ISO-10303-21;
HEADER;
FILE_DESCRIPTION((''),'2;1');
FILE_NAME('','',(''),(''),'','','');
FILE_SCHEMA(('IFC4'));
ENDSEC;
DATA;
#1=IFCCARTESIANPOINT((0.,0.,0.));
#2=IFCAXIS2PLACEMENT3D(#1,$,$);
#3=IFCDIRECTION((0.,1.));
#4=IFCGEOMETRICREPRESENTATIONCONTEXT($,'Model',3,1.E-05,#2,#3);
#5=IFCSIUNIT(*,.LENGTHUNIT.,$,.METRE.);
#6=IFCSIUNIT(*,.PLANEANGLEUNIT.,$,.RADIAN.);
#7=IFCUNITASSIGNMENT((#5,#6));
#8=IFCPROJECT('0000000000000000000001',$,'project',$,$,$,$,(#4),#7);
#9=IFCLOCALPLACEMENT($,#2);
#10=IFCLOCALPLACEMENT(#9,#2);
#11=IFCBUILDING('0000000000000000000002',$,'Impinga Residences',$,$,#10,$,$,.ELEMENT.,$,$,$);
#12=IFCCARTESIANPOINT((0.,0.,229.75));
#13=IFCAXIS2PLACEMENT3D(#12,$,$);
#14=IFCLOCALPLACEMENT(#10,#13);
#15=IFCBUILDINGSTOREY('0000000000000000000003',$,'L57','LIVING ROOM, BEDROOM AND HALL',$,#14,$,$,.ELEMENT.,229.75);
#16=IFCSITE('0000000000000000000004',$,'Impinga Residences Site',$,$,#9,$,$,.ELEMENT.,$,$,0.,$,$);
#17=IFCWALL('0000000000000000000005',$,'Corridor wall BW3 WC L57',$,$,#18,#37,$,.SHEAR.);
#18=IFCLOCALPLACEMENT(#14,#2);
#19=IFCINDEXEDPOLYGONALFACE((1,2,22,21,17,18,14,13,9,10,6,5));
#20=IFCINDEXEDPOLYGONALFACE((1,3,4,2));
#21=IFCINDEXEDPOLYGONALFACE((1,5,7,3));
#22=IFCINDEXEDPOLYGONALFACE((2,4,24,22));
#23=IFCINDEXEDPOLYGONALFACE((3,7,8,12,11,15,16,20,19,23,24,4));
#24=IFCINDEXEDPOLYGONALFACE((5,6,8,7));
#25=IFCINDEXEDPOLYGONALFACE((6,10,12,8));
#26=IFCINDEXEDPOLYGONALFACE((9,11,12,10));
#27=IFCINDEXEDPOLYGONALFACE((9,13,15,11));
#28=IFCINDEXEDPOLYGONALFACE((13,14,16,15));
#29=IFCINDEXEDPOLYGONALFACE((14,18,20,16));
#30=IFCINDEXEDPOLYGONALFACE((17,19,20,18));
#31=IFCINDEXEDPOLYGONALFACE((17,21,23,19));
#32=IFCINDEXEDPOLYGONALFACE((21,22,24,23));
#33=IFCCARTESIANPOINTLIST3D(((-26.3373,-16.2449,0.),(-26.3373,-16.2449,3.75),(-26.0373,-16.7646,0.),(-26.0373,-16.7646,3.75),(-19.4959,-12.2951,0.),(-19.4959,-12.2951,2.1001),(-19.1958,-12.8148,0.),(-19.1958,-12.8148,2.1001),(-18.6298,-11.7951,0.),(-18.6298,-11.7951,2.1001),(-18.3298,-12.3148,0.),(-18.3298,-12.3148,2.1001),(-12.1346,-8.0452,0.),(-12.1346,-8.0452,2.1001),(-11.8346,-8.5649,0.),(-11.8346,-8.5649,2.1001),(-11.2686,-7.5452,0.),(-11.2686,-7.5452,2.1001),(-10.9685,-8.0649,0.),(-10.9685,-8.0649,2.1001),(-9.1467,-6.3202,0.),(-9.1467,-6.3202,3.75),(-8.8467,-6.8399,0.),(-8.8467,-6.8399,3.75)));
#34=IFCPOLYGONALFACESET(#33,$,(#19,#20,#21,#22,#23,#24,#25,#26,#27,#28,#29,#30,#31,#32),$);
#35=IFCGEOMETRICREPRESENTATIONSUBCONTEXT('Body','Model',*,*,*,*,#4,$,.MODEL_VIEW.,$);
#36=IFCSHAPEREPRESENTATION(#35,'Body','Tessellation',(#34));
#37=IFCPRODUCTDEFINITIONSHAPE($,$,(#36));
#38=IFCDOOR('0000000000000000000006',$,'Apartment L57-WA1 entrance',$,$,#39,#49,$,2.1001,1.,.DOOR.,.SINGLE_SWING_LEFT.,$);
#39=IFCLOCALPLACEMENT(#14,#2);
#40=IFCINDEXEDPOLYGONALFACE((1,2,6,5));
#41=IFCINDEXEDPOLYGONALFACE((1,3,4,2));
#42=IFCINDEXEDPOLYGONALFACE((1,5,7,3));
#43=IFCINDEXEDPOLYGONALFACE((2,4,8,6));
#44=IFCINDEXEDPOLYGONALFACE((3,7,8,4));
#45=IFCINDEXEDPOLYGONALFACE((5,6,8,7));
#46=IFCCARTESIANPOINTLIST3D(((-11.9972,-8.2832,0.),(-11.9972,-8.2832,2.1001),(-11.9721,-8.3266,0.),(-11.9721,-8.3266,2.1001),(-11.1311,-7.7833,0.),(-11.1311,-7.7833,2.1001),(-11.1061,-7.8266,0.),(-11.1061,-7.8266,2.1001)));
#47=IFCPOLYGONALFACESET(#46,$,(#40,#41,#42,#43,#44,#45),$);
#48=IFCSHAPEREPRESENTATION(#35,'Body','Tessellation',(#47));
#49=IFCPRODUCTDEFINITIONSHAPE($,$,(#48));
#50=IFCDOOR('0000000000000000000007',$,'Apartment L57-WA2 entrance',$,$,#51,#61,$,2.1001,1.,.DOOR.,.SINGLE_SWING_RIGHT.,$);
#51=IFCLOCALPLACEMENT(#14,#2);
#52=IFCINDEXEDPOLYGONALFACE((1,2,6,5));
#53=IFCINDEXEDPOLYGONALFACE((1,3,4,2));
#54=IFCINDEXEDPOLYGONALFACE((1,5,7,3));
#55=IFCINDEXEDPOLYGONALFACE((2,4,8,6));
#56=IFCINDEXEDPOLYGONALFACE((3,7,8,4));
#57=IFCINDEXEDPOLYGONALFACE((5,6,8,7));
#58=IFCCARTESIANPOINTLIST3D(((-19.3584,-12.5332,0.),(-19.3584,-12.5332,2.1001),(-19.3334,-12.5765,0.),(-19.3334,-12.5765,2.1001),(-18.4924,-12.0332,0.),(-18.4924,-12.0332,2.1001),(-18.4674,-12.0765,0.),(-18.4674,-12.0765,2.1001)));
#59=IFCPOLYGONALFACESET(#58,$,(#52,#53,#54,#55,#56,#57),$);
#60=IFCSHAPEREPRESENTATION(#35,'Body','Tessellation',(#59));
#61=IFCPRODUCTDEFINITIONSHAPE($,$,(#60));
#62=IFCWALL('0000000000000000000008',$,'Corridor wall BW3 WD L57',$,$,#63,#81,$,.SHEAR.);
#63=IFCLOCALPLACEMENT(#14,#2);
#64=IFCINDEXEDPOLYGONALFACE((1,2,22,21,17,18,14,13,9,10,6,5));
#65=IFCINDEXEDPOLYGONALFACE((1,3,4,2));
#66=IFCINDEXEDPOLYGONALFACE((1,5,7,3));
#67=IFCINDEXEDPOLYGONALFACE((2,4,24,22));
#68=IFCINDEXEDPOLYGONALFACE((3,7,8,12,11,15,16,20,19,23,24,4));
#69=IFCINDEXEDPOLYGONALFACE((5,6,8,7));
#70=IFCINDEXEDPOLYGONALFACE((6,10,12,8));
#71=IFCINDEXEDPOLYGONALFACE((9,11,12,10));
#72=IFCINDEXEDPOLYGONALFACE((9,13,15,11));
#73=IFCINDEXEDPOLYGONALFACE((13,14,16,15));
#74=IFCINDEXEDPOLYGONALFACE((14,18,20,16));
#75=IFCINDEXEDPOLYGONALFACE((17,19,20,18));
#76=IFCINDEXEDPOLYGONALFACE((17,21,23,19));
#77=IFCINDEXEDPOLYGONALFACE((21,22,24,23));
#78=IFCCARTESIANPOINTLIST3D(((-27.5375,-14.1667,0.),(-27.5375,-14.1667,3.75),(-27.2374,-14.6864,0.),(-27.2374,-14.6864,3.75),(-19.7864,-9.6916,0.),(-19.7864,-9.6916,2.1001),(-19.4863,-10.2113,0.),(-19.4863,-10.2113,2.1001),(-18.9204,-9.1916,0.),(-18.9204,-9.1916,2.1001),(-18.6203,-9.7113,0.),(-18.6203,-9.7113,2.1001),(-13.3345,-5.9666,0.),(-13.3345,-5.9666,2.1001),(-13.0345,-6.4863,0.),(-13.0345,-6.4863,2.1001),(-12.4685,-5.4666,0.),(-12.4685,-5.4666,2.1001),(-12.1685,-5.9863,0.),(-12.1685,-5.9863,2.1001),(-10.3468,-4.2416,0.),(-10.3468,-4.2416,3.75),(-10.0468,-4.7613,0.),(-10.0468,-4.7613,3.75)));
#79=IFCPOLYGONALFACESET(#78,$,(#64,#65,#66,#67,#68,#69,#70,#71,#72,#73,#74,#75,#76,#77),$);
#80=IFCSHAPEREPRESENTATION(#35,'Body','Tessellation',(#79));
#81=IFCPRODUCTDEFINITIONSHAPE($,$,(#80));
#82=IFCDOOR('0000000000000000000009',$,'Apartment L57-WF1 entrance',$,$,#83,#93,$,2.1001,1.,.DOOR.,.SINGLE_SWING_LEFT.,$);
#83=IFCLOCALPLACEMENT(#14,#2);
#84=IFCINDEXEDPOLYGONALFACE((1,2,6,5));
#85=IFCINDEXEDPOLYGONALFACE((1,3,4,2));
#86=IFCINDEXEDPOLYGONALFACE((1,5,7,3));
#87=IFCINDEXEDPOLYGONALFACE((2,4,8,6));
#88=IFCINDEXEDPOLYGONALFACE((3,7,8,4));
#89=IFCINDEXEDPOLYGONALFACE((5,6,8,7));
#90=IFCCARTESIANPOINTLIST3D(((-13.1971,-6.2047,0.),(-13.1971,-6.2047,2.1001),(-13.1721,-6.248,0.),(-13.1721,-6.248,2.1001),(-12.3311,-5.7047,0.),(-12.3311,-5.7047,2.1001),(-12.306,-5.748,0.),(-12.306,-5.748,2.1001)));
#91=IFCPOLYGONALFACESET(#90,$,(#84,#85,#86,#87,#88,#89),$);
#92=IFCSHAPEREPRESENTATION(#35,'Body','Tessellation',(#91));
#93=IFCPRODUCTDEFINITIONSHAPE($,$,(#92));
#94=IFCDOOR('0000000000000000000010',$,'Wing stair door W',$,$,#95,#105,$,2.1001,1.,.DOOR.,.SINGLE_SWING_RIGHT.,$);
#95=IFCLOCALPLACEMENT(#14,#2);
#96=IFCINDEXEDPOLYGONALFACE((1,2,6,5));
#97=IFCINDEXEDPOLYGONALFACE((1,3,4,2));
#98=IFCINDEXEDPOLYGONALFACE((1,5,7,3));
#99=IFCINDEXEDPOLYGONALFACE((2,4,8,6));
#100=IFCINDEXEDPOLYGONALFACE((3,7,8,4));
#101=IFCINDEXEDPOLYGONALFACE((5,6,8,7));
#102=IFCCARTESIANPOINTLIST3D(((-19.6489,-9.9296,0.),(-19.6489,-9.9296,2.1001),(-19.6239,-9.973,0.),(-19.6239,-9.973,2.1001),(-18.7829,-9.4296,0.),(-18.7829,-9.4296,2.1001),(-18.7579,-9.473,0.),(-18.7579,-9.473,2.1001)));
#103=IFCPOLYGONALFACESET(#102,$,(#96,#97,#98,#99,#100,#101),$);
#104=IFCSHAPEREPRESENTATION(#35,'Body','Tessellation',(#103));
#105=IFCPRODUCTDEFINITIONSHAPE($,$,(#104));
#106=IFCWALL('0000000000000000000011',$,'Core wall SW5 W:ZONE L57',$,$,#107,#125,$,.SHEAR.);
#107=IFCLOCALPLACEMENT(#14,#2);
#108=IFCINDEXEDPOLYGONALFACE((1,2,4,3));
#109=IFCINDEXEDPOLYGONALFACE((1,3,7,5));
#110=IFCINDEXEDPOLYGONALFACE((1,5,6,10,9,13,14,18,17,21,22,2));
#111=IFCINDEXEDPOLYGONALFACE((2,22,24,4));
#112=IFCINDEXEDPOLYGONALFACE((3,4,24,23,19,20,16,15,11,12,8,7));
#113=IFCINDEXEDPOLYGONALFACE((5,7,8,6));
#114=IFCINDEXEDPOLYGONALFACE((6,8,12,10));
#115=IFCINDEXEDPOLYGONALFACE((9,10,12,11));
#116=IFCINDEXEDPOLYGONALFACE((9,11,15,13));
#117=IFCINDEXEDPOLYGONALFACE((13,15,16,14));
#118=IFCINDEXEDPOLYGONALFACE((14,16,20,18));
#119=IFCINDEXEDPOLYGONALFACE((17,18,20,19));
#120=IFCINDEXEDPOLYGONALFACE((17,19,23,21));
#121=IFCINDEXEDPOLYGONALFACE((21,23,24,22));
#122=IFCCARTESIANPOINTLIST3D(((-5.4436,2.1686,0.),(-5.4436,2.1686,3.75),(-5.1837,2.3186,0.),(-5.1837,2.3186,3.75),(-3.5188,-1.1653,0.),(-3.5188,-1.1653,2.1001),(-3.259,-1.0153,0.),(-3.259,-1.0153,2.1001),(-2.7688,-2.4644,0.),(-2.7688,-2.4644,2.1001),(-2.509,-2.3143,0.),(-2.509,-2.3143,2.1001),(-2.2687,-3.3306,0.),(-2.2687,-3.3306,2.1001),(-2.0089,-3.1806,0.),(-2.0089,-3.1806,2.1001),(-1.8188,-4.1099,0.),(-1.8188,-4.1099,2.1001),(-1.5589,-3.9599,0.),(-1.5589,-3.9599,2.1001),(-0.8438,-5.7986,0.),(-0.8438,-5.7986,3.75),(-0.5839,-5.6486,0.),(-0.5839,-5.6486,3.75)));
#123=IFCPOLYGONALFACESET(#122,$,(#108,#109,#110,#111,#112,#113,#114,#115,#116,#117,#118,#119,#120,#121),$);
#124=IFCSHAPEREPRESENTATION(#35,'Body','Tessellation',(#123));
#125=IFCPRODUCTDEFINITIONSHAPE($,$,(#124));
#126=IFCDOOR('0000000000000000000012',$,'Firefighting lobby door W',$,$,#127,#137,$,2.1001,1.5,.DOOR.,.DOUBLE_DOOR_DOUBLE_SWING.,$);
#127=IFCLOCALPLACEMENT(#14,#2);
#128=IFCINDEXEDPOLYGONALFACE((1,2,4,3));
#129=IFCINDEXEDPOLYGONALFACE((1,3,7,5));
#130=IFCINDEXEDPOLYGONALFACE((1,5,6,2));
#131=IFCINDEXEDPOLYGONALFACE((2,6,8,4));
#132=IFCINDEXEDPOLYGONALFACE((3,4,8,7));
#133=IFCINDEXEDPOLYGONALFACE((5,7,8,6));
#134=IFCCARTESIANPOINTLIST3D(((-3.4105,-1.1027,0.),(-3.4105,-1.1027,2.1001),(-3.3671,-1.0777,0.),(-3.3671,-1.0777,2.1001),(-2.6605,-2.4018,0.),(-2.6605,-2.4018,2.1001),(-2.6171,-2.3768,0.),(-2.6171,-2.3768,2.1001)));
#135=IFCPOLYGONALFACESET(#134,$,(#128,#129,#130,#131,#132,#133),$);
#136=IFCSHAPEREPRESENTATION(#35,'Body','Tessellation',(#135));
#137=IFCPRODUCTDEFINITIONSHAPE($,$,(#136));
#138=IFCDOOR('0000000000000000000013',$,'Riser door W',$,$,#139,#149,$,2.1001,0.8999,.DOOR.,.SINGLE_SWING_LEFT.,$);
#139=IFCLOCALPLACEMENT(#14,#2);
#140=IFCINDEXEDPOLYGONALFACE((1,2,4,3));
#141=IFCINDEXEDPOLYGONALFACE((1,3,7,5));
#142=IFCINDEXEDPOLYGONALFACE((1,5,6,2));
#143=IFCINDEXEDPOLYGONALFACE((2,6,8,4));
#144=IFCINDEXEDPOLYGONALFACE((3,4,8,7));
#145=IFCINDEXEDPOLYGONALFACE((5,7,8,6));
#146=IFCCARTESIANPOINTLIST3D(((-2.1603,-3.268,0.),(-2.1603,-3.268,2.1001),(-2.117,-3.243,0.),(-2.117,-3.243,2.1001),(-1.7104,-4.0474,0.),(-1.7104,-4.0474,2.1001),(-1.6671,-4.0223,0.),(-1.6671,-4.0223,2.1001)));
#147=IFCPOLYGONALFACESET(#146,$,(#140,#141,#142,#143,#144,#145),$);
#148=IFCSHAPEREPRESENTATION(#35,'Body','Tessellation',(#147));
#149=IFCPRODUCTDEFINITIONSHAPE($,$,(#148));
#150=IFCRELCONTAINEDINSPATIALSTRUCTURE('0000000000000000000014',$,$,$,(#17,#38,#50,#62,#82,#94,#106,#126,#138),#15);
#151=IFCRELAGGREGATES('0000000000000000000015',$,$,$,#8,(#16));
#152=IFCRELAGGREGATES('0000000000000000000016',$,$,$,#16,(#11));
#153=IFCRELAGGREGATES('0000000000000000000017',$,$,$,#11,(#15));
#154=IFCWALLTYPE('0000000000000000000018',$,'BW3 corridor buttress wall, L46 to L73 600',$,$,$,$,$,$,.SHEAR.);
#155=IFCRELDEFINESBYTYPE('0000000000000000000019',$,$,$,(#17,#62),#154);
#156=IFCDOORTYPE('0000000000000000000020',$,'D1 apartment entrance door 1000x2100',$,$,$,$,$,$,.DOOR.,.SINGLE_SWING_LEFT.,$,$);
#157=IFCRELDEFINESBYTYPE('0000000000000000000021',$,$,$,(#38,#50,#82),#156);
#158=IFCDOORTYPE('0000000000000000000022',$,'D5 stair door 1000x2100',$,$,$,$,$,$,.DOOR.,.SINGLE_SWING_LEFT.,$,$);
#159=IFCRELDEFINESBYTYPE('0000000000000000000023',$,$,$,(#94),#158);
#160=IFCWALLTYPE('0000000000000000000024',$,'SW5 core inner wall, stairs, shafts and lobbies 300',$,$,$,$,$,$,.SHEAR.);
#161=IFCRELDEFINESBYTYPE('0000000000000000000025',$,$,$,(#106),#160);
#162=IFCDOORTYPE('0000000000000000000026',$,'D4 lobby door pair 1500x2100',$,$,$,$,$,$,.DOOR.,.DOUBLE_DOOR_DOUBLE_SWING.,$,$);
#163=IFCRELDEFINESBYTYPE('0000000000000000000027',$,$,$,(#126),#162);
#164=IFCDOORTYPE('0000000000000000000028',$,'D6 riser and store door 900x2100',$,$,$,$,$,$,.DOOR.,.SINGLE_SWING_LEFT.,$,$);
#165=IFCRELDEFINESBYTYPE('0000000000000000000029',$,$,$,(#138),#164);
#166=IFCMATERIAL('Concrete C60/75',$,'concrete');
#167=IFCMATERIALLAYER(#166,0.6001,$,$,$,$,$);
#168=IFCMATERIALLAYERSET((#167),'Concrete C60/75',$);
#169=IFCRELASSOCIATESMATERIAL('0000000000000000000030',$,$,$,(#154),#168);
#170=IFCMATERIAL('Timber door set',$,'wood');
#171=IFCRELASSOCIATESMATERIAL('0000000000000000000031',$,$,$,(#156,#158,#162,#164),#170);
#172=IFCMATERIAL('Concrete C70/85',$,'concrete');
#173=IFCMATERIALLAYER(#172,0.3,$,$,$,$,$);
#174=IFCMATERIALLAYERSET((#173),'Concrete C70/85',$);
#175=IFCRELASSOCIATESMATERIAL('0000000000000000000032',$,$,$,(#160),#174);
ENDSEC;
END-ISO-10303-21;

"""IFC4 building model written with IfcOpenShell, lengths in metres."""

from ifc_helpers import new_model, si_unit, direction, frame, frame_2d, origin, place, context, subcontext, project, spatial, rectangle, extrude, material, layer, layer_set, type_object, element, fill, save


model = new_model("IFC4")

# Units and contexts
model_context = context("Model", 3, precision=1e-05, world=origin(), true_north=direction((0.0, 1.0)))
body_context = subcontext(model_context, "Body", "Model", "MODEL_VIEW")
ifc_project = project(units=[si_unit("LENGTHUNIT", "METRE"), si_unit("PLANEANGLEUNIT", "RADIAN")], contexts=[model_context])

# Site, building, storey
site_placement = place(None, origin())
site = spatial("IfcSite", under=ifc_project, at=site_placement, Name="Impinga Residences Site", CompositionType="ELEMENT", RefElevation=0.0)
building_placement = place(site_placement, origin())
building = spatial("IfcBuilding", under=site, at=building_placement, Name="Impinga Residences", CompositionType="ELEMENT")
storey_placement = place(building_placement, frame((0.0, 0.0, 229.75)))
storey = spatial("IfcBuildingStorey", under=building, at=storey_placement, Name="L57", Description="LIVING ROOM, BEDROOM AND HALL", CompositionType="ELEMENT", Elevation=229.75)

# Walls, openings, doors
ifc_material_1 = material(Name="Concrete C60/75", Category="concrete")
ifc_layer_1 = layer(ifc_material_1, 0.6001)
ifc_layer_set_1 = layer_set([ifc_layer_1], Name="Concrete C60/75")
wall_type_1 = type_object("IfcWallType", Name="BW3 corridor buttress wall, L46 to L73 600", PredefinedType="SHEAR", material=ifc_layer_set_1)
wall_1_placement = place(storey_placement, frame((-8.9968, -6.5801, 0.0), z_axis=(0.0, 0.0, 1.0), x_axis=(-0.866031, -0.499991, 0.0)))
wall_1 = element("IfcWall", 1, at=wall_1_placement, inside=storey, type_object=wall_type_1, Name="Corridor wall BW3 WC L57", PredefinedType="SHEAR", context=body_context, shape_type="SweptSolid", body=[
    extrude(rectangle(XDim=19.8499, YDim=0.6001, at=frame_2d((9.9248, 0.0))), origin(), (0.0, 0.0, 1.0), 3.75),
])
opening_1_placement = place(wall_1_placement, frame((2.45, 0.0, 0.0)))
opening_1 = element("IfcOpeningElement", 2, at=opening_1_placement, cuts=wall_1, PredefinedType="OPENING", context=body_context, shape_type="SweptSolid", body=[
    extrude(rectangle(XDim=1.0, YDim=2.1001, at=frame_2d((0.5, 1.05))), frame((0.0, 0.3101, 0.0), z_axis=(0.0, -1.0, 0.0), x_axis=(1.0, 0.0, 0.0)), (0.0, 0.0, 1.0), 0.6201),
])
opening_2_placement = place(wall_1_placement, frame((10.95, 0.0, 0.0)))
opening_2 = element("IfcOpeningElement", 3, at=opening_2_placement, cuts=wall_1, PredefinedType="OPENING", context=body_context, shape_type="SweptSolid", body=[
    extrude(rectangle(XDim=1.0, YDim=2.1001, at=frame_2d((0.5, 1.05))), frame((0.0, 0.3101, 0.0), z_axis=(0.0, -1.0, 0.0), x_axis=(1.0, 0.0, 0.0)), (0.0, 0.0, 1.0), 0.6201),
])
ifc_material_2 = material(Name="Timber door set", Category="wood")
door_type_1 = type_object("IfcDoorType", Name="D1 apartment entrance door 1000x2100", OperationType="SINGLE_SWING_LEFT", PredefinedType="DOOR", material=ifc_material_2)
door_1_placement = place(opening_1_placement, origin())
door_1 = element("IfcDoor", 4, at=door_1_placement, inside=storey, type_object=door_type_1, Name="Apartment L57-WA1 entrance", OperationType="SINGLE_SWING_LEFT", OverallHeight=2.1001, OverallWidth=1.0, PredefinedType="DOOR", context=body_context, shape_type="SweptSolid", body=[
    extrude(rectangle(XDim=1.0, YDim=2.1001, at=frame_2d((0.5, 1.05))), frame((0.0, 0.0249, 0.0), z_axis=(0.0, -1.0, 0.0), x_axis=(1.0, 0.0, 0.0)), (0.0, 0.0, 1.0), 0.05),
])
fill(opening_1, door_1)
door_2_placement = place(opening_2_placement, origin())
door_2 = element("IfcDoor", 5, at=door_2_placement, inside=storey, type_object=door_type_1, Name="Apartment L57-WA2 entrance", OperationType="SINGLE_SWING_RIGHT", OverallHeight=2.1001, OverallWidth=1.0, PredefinedType="DOOR", context=body_context, shape_type="SweptSolid", body=[
    extrude(rectangle(XDim=1.0, YDim=2.1001, at=frame_2d((0.5, 1.05))), frame((0.0, 0.0249, 0.0), z_axis=(0.0, -1.0, 0.0), x_axis=(1.0, 0.0, 0.0)), (0.0, 0.0, 1.0), 0.05),
])
fill(opening_2, door_2)
wall_2_placement = place(storey_placement, frame((-10.1968, -4.5015, 0.0), z_axis=(0.0, 0.0, 1.0), x_axis=(-0.866025, -0.5, 0.0)))
wall_2 = element("IfcWall", 6, at=wall_2_placement, inside=storey, type_object=wall_type_1, Name="Corridor wall BW3 WD L57", PredefinedType="SHEAR", context=body_context, shape_type="SweptSolid", body=[
    extrude(rectangle(XDim=19.8501, YDim=0.6001, at=frame_2d((9.925, 0.0))), origin(), (0.0, 0.0, 1.0), 3.75),
])
opening_3_placement = place(wall_2_placement, frame((9.8999, 0.0, 0.0)))
opening_3 = element("IfcOpeningElement", 7, at=opening_3_placement, cuts=wall_2, PredefinedType="OPENING", context=body_context, shape_type="SweptSolid", body=[
    extrude(rectangle(XDim=1.0, YDim=2.1001, at=frame_2d((0.5, 1.05))), frame((0.0, 0.3101, 0.0), z_axis=(0.0, -1.0, 0.0), x_axis=(1.0, 0.0, 0.0)), (0.0, 0.0, 1.0), 0.6201),
])
opening_4_placement = place(wall_2_placement, frame((2.45, 0.0, 0.0)))
opening_4 = element("IfcOpeningElement", 8, at=opening_4_placement, cuts=wall_2, PredefinedType="OPENING", context=body_context, shape_type="SweptSolid", body=[
    extrude(rectangle(XDim=1.0, YDim=2.1001, at=frame_2d((0.5, 1.05))), frame((0.0, 0.3101, 0.0), z_axis=(0.0, -1.0, 0.0), x_axis=(1.0, 0.0, 0.0)), (0.0, 0.0, 1.0), 0.6201),
])
door_3_placement = place(opening_4_placement, origin())
door_3 = element("IfcDoor", 9, at=door_3_placement, inside=storey, type_object=door_type_1, Name="Apartment L57-WF1 entrance", OperationType="SINGLE_SWING_LEFT", OverallHeight=2.1001, OverallWidth=1.0, PredefinedType="DOOR", context=body_context, shape_type="SweptSolid", body=[
    extrude(rectangle(XDim=1.0, YDim=2.1001, at=frame_2d((0.5, 1.05))), frame((0.0, 0.0249, 0.0), z_axis=(0.0, -1.0, 0.0), x_axis=(1.0, 0.0, 0.0)), (0.0, 0.0, 1.0), 0.05),
])
fill(opening_4, door_3)
door_type_2 = type_object("IfcDoorType", Name="D5 stair door 1000x2100", OperationType="SINGLE_SWING_LEFT", PredefinedType="DOOR", material=ifc_material_2)
door_4_placement = place(opening_3_placement, origin())
door_4 = element("IfcDoor", 10, at=door_4_placement, inside=storey, type_object=door_type_2, Name="Wing stair door W", OperationType="SINGLE_SWING_RIGHT", OverallHeight=2.1001, OverallWidth=1.0, PredefinedType="DOOR", context=body_context, shape_type="SweptSolid", body=[
    extrude(rectangle(XDim=1.0, YDim=2.1001, at=frame_2d((0.5, 1.05))), frame((0.0, 0.0249, 0.0), z_axis=(0.0, -1.0, 0.0), x_axis=(1.0, 0.0, 0.0)), (0.0, 0.0, 1.0), 0.05),
])
fill(opening_3, door_4)
ifc_material_3 = material(Name="Concrete C70/85", Category="concrete")
ifc_layer_2 = layer(ifc_material_3, 0.3)
ifc_layer_set_2 = layer_set([ifc_layer_2], Name="Concrete C70/85")
wall_type_2 = type_object("IfcWallType", Name="SW5 core inner wall, stairs, shafts and lobbies 300", PredefinedType="SHEAR", material=ifc_layer_set_2)
wall_3_placement = place(storey_placement, frame((-0.7139, -5.7236, 0.0), z_axis=(0.0, 0.0, 1.0), x_axis=(-0.499995, 0.866028, 0.0)))
wall_3 = element("IfcWall", 11, at=wall_3_placement, inside=storey, type_object=wall_type_2, Name="Core wall SW5 W:ZONE L57", PredefinedType="SHEAR", context=body_context, shape_type="SweptSolid", body=[
    extrude(rectangle(XDim=9.1997, YDim=0.3, at=frame_2d((4.5999, 0.0))), origin(), (0.0, 0.0, 1.0), 3.75),
])
opening_5_placement = place(wall_3_placement, frame((3.8501, 0.0, 0.0)))
opening_5 = element("IfcOpeningElement", 12, at=opening_5_placement, cuts=wall_3, PredefinedType="OPENING", context=body_context, shape_type="SweptSolid", body=[
    extrude(rectangle(XDim=1.5, YDim=2.1001, at=frame_2d((0.75, 1.05))), frame((0.0, 0.1599, 0.0), z_axis=(0.0, -1.0, 0.0), x_axis=(1.0, 0.0, 0.0)), (0.0, 0.0, 1.0), 0.3201),
])
opening_6_placement = place(wall_3_placement, frame((1.95, 0.0, 0.0)))
opening_6 = element("IfcOpeningElement", 13, at=opening_6_placement, cuts=wall_3, PredefinedType="OPENING", context=body_context, shape_type="SweptSolid", body=[
    extrude(rectangle(XDim=0.8999, YDim=2.1001, at=frame_2d((0.45, 1.05))), frame((0.0, 0.1599, 0.0), z_axis=(0.0, -1.0, 0.0), x_axis=(1.0, 0.0, 0.0)), (0.0, 0.0, 1.0), 0.3201),
])
door_type_3 = type_object("IfcDoorType", Name="D4 lobby door pair 1500x2100", OperationType="DOUBLE_DOOR_DOUBLE_SWING", PredefinedType="DOOR", material=ifc_material_2)
door_5_placement = place(opening_5_placement, origin())
door_5 = element("IfcDoor", 14, at=door_5_placement, inside=storey, type_object=door_type_3, Name="Firefighting lobby door W", OperationType="DOUBLE_DOOR_DOUBLE_SWING", OverallHeight=2.1001, OverallWidth=1.5, PredefinedType="DOOR", context=body_context, shape_type="SweptSolid", body=[
    extrude(rectangle(XDim=1.5, YDim=2.1001, at=frame_2d((0.75, 1.05))), frame((0.0, 0.0249, 0.0), z_axis=(0.0, -1.0, 0.0), x_axis=(1.0, 0.0, 0.0)), (0.0, 0.0, 1.0), 0.05),
])
fill(opening_5, door_5)
door_type_4 = type_object("IfcDoorType", Name="D6 riser and store door 900x2100", OperationType="SINGLE_SWING_LEFT", PredefinedType="DOOR", material=ifc_material_2)
door_6_placement = place(opening_6_placement, origin())
door_6 = element("IfcDoor", 15, at=door_6_placement, inside=storey, type_object=door_type_4, Name="Riser door W", OperationType="SINGLE_SWING_LEFT", OverallHeight=2.1001, OverallWidth=0.8999, PredefinedType="DOOR", context=body_context, shape_type="SweptSolid", body=[
    extrude(rectangle(XDim=0.8999, YDim=2.1001, at=frame_2d((0.45, 1.05))), frame((0.0, 0.0249, 0.0), z_axis=(0.0, -1.0, 0.0), x_axis=(1.0, 0.0, 0.0)), (0.0, 0.0, 1.0), 0.05),
])
fill(opening_6, door_6)

save(model, "model.ifc")
